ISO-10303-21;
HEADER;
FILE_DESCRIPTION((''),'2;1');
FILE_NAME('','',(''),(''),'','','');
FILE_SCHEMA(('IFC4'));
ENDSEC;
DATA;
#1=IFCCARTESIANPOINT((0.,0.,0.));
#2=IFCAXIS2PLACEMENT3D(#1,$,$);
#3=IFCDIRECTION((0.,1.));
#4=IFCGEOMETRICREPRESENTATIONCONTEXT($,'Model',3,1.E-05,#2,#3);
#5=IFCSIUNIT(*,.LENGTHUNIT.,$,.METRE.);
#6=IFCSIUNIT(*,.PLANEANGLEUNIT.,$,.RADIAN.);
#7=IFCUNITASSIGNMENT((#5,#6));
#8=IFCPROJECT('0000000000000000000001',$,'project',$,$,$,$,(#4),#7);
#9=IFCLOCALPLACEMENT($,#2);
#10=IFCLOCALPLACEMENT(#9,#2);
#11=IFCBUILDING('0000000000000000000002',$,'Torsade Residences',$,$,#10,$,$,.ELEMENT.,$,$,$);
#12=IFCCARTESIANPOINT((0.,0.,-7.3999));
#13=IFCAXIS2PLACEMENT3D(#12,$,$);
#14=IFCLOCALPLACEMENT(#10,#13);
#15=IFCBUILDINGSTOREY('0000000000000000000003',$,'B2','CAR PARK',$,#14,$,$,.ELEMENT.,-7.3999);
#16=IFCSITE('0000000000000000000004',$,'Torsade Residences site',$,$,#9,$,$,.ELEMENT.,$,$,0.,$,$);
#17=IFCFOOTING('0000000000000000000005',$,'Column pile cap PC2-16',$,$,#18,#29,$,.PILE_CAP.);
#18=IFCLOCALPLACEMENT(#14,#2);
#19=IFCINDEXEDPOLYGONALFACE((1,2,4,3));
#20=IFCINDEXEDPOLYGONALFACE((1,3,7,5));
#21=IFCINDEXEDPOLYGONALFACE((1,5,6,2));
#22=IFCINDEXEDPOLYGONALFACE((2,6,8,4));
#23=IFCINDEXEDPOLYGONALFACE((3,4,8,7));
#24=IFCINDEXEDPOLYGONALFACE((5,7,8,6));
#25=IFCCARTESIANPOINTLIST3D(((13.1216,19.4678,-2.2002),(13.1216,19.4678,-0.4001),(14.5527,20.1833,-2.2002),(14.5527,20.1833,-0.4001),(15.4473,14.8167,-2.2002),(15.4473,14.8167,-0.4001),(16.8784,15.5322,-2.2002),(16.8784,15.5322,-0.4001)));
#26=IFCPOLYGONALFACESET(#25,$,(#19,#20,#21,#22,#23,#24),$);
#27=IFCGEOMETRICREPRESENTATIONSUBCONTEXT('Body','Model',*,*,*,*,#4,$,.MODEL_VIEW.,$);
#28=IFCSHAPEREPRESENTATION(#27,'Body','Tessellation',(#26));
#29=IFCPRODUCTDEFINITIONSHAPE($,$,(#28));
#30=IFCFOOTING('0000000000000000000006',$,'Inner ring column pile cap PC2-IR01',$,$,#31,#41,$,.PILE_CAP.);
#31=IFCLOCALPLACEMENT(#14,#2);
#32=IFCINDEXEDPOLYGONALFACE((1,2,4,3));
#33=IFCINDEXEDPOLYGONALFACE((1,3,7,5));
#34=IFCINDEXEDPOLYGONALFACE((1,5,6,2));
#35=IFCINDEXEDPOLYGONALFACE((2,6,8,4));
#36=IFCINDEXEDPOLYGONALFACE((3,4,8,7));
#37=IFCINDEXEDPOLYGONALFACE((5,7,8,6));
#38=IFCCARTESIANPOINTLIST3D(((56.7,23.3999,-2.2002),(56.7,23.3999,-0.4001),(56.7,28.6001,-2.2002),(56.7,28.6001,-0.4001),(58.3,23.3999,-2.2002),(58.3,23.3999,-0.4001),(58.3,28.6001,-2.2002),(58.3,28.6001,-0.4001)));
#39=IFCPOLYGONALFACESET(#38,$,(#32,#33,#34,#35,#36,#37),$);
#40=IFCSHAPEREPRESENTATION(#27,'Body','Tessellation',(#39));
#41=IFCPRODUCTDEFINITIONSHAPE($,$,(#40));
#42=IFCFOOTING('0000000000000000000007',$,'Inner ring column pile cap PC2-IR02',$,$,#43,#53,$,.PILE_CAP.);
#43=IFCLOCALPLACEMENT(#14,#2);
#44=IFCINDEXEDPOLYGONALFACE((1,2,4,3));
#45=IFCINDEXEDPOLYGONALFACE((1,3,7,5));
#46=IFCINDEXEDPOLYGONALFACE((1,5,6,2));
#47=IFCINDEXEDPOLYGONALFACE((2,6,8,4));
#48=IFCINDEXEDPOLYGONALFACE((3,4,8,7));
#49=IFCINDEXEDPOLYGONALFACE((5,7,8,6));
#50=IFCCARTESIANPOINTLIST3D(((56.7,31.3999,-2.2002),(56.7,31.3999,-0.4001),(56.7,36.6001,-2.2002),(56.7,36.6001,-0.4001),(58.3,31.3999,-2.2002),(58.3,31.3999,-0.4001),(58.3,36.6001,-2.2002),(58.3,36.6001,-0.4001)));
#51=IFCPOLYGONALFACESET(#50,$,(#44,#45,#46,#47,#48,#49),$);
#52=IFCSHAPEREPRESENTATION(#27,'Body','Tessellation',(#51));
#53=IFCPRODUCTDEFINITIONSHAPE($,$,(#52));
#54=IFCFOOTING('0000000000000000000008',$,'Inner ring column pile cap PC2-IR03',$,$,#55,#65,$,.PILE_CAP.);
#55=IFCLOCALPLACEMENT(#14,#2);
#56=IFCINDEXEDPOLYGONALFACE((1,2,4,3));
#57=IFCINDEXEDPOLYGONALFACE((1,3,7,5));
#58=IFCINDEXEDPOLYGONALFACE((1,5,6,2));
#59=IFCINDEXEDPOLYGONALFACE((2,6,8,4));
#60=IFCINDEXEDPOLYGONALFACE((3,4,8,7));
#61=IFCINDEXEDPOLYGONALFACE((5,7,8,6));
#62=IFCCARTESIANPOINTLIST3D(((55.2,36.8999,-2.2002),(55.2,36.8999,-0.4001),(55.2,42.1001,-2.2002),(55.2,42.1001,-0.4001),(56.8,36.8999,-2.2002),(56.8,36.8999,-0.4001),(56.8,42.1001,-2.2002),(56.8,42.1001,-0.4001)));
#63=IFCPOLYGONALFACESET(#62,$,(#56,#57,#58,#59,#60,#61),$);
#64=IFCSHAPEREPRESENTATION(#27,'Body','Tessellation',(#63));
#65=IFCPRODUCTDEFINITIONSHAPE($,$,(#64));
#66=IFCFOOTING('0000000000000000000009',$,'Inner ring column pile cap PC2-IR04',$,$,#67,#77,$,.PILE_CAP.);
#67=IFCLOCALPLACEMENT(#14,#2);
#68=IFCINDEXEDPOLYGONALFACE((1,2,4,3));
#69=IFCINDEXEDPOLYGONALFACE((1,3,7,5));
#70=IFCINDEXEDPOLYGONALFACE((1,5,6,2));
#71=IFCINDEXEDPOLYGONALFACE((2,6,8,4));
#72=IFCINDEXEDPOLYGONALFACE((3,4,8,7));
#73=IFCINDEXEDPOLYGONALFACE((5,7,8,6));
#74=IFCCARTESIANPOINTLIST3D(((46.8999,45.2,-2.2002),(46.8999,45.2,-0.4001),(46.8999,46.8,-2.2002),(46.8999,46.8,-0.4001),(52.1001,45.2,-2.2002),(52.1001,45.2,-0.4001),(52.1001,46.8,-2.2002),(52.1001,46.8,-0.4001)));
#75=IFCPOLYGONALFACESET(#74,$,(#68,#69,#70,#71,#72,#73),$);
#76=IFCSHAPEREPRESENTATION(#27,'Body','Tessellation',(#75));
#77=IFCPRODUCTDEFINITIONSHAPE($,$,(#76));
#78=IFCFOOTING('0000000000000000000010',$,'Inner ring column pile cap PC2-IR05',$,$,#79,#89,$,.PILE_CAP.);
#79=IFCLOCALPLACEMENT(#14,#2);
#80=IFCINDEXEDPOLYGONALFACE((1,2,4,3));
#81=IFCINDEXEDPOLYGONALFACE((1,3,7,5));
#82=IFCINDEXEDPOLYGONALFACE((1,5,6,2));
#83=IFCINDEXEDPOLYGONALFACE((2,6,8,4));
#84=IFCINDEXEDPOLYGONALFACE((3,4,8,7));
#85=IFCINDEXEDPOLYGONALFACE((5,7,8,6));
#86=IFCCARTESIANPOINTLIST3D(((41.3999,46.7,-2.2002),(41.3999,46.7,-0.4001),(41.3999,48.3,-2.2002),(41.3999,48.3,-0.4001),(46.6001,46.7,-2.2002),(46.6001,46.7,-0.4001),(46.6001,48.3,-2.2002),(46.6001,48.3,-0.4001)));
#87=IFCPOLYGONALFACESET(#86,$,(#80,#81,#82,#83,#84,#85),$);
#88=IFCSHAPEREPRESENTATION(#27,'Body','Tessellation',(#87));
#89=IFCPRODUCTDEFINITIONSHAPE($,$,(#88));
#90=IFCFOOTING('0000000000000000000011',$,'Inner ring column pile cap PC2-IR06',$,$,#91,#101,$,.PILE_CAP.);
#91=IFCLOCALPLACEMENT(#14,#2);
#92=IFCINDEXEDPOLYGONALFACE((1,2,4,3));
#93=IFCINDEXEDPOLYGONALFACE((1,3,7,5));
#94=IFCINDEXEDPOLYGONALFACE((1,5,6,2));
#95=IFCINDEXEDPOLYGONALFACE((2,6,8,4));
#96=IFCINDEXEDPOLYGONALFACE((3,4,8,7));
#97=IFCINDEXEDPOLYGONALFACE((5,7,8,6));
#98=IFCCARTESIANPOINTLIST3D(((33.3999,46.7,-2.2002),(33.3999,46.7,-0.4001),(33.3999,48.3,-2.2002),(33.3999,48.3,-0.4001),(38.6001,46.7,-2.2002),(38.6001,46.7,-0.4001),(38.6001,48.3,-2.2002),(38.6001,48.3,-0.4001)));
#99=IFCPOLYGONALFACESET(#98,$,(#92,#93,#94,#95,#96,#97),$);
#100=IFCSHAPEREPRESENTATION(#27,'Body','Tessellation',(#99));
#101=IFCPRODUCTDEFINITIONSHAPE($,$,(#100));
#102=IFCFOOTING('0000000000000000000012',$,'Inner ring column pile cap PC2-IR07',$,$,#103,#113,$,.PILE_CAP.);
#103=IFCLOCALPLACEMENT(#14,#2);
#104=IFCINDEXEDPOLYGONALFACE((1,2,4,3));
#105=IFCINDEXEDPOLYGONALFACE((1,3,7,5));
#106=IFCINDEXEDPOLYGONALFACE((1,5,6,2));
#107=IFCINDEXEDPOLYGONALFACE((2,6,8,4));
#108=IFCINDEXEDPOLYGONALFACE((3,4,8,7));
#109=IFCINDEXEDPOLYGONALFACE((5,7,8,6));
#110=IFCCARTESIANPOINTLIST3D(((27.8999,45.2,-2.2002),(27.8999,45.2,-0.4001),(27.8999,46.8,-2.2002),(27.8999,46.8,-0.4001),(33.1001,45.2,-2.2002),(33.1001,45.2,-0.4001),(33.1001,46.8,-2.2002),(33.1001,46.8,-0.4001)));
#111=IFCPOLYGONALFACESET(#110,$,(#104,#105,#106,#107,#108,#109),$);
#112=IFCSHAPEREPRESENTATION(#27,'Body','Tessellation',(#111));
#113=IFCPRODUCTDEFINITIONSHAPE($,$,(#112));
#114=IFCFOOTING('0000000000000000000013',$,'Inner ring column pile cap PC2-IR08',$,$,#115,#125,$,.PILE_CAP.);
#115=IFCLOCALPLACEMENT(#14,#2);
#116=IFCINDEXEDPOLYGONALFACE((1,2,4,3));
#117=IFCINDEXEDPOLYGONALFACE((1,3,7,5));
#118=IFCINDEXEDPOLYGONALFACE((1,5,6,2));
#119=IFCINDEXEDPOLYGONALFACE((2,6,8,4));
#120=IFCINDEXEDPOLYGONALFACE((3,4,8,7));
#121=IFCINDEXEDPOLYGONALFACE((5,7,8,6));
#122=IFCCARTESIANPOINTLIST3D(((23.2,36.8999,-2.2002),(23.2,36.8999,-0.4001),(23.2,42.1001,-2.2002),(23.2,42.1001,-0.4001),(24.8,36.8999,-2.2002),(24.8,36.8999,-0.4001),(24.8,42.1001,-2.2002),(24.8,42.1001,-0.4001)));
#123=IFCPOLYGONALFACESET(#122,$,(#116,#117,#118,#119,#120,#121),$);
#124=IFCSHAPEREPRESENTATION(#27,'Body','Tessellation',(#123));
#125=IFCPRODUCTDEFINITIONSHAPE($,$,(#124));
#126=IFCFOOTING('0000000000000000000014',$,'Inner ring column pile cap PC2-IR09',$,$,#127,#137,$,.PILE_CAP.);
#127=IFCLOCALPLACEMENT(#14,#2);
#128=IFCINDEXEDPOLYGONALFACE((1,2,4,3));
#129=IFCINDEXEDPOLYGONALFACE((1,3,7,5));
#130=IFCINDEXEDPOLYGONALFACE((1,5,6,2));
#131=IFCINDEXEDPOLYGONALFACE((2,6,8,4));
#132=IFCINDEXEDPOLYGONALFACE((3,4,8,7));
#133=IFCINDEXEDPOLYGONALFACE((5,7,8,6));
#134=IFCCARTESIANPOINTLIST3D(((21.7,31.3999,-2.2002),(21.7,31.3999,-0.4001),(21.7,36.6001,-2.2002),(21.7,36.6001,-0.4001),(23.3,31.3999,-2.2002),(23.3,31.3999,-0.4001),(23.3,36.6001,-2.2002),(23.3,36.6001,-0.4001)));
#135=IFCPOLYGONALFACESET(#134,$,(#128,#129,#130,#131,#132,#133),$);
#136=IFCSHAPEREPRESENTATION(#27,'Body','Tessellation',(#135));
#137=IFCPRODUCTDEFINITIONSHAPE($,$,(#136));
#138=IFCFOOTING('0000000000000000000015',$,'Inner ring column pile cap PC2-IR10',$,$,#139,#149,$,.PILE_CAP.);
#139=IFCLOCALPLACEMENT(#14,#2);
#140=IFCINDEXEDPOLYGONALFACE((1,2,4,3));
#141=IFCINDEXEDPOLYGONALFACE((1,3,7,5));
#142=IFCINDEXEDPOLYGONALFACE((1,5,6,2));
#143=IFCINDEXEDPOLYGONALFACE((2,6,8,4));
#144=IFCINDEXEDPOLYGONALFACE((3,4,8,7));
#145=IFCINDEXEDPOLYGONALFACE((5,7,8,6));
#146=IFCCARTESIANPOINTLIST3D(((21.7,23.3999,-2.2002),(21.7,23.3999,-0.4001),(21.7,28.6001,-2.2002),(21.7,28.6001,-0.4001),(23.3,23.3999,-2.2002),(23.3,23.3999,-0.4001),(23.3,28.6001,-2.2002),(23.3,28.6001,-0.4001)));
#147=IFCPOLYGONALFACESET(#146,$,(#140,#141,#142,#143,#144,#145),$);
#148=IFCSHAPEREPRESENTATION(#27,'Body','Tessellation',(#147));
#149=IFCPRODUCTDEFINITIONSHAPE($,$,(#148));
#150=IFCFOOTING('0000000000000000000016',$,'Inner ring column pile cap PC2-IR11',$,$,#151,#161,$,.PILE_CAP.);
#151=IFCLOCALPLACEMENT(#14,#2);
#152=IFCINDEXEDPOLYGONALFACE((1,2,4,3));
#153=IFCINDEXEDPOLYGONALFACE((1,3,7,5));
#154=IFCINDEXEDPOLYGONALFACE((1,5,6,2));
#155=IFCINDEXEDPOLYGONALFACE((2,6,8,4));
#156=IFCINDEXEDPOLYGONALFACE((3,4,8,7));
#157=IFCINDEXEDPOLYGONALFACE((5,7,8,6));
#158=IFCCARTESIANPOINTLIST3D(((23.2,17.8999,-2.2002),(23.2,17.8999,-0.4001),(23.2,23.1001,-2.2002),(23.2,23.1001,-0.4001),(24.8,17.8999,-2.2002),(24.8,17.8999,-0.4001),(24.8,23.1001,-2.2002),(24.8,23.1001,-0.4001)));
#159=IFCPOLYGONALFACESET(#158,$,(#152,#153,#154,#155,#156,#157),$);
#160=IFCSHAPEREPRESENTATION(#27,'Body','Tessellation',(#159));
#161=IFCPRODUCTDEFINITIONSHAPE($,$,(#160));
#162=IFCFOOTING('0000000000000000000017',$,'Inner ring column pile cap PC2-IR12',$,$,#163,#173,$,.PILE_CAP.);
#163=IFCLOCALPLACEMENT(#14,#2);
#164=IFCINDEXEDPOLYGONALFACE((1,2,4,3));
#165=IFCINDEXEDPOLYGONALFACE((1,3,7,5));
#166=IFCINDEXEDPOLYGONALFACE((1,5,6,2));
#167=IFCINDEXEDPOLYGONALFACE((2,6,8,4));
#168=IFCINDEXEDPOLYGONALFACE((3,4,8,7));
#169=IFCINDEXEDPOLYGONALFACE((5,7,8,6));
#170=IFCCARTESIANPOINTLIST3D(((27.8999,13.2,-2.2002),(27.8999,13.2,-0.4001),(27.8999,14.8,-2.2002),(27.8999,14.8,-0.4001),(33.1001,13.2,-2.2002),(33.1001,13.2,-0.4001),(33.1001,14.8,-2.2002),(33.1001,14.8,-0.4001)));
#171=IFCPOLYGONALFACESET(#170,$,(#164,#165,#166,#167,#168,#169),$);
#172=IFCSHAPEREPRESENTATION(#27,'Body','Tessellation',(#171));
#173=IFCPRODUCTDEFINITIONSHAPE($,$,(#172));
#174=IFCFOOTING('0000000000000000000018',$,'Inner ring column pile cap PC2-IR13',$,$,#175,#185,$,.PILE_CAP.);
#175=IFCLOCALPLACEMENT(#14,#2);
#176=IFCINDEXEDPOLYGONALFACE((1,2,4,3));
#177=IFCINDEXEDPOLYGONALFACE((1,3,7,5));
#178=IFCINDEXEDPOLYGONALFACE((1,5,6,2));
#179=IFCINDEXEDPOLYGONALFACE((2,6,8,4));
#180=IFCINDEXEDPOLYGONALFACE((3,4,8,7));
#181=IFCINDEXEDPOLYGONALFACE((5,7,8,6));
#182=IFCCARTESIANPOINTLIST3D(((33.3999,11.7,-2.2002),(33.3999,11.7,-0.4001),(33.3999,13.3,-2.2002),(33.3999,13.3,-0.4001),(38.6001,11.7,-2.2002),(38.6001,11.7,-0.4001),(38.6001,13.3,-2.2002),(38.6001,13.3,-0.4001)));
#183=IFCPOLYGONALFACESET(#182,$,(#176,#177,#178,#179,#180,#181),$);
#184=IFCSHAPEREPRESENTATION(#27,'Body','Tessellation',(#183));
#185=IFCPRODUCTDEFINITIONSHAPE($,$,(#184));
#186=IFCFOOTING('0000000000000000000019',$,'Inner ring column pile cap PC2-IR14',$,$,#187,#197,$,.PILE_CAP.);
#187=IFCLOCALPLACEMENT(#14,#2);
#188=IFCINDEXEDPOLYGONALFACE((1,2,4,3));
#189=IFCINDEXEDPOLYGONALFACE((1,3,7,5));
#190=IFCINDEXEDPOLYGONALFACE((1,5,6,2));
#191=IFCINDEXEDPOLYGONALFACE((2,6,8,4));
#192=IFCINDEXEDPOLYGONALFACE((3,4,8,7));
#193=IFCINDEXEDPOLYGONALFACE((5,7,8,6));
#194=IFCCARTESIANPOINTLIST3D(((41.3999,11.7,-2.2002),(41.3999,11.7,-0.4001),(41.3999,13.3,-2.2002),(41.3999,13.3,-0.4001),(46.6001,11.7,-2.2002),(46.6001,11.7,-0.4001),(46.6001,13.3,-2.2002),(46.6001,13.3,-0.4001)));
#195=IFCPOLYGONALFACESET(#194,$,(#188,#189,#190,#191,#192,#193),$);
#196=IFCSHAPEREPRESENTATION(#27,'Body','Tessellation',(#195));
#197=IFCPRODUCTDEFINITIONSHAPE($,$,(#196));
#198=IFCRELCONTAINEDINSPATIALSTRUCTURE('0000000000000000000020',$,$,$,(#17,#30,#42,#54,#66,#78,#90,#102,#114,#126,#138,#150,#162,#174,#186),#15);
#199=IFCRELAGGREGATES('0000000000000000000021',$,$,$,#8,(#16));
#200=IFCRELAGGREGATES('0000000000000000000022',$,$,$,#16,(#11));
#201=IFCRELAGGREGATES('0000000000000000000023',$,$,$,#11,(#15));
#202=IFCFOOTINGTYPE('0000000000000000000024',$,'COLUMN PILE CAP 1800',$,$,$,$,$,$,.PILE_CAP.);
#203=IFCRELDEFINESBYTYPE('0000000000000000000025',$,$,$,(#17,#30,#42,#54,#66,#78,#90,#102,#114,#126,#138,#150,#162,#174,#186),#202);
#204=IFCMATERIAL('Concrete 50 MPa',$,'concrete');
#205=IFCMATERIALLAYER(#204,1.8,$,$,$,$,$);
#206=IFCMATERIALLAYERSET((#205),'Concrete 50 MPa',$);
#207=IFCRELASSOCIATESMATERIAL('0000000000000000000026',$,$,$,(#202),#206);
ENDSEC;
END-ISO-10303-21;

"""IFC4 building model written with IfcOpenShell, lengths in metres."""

from ifc_helpers import new_model, si_unit, direction, frame, origin, place, context, subcontext, project, spatial, polyline, outline, extrude, material, layer, layer_set, type_object, element, save


model = new_model("IFC4")

# Units and contexts
model_context = context("Model", 3, precision=1e-05, world=origin(), true_north=direction((0.0, 1.0)))
body_context = subcontext(model_context, "Body", "Model", "MODEL_VIEW")
ifc_project = project(units=[si_unit("LENGTHUNIT", "METRE"), si_unit("PLANEANGLEUNIT", "RADIAN")], contexts=[model_context])

# Site, building, storey
site_placement = place(None, origin())
site = spatial("IfcSite", under=ifc_project, at=site_placement, Name="Torsade Residences site", CompositionType="ELEMENT", RefElevation=0.0)
building_placement = place(site_placement, origin())
building = spatial("IfcBuilding", under=site, at=building_placement, Name="Torsade Residences", CompositionType="ELEMENT")
storey_placement = place(building_placement, frame((0.0, 0.0, -7.3999)))
storey = spatial("IfcBuildingStorey", under=building, at=storey_placement, Name="B2", Description="CAR PARK", CompositionType="ELEMENT", Elevation=-7.3999)

# Footings
ifc_material_1 = material(Name="Concrete 50 MPa", Category="concrete")
ifc_layer_1 = layer(ifc_material_1, 1.8)
ifc_layer_set_1 = layer_set([ifc_layer_1], Name="Concrete 50 MPa")
footing_type_1 = type_object("IfcFootingType", Name="COLUMN PILE CAP 1800", PredefinedType="PILE_CAP", material=ifc_layer_set_1)
footing_1_placement = place(storey_placement, frame((0.0, 0.0, -2.2002)))
element("IfcFooting", 1, at=footing_1_placement, inside=storey, type_object=footing_type_1, Name="Column pile cap PC2-16", PredefinedType="PILE_CAP", context=body_context, shape_type="SweptSolid", body=[
    extrude(outline(polyline([(13.1216, 19.4678), (15.4473, 14.8167), (16.8784, 15.5322), (14.5527, 20.1833), (13.1216, 19.4678)])), origin(), (0.0, 0.0, 1.0), 1.8),
])
footing_2_placement = place(storey_placement, frame((0.0, 0.0, -2.2002)))
element("IfcFooting", 2, at=footing_2_placement, inside=storey, type_object=footing_type_1, Name="Inner ring column pile cap PC2-IR01", PredefinedType="PILE_CAP", context=body_context, shape_type="SweptSolid", body=[
    extrude(outline(polyline([(56.7, 23.3999), (58.3, 23.3999), (58.3, 28.6001), (56.7, 28.6001), (56.7, 23.3999)])), origin(), (0.0, 0.0, 1.0), 1.8),
])
footing_3_placement = place(storey_placement, frame((0.0, 0.0, -2.2002)))
element("IfcFooting", 3, at=footing_3_placement, inside=storey, type_object=footing_type_1, Name="Inner ring column pile cap PC2-IR02", PredefinedType="PILE_CAP", context=body_context, shape_type="SweptSolid", body=[
    extrude(outline(polyline([(56.7, 31.3999), (58.3, 31.3999), (58.3, 36.6001), (56.7, 36.6001), (56.7, 31.3999)])), origin(), (0.0, 0.0, 1.0), 1.8),
])
footing_4_placement = place(storey_placement, frame((0.0, 0.0, -2.2002)))
element("IfcFooting", 4, at=footing_4_placement, inside=storey, type_object=footing_type_1, Name="Inner ring column pile cap PC2-IR03", PredefinedType="PILE_CAP", context=body_context, shape_type="SweptSolid", body=[
    extrude(outline(polyline([(55.2, 36.8999), (56.8, 36.8999), (56.8, 42.1001), (55.2, 42.1001), (55.2, 36.8999)])), origin(), (0.0, 0.0, 1.0), 1.8),
])
footing_5_placement = place(storey_placement, frame((0.0, 0.0, -2.2002)))
element("IfcFooting", 5, at=footing_5_placement, inside=storey, type_object=footing_type_1, Name="Inner ring column pile cap PC2-IR04", PredefinedType="PILE_CAP", context=body_context, shape_type="SweptSolid", body=[
    extrude(outline(polyline([(46.8999, 45.2), (52.1001, 45.2), (52.1001, 46.8), (46.8999, 46.8), (46.8999, 45.2)])), origin(), (0.0, 0.0, 1.0), 1.8),
])
footing_6_placement = place(storey_placement, frame((0.0, 0.0, -2.2002)))
element("IfcFooting", 6, at=footing_6_placement, inside=storey, type_object=footing_type_1, Name="Inner ring column pile cap PC2-IR05", PredefinedType="PILE_CAP", context=body_context, shape_type="SweptSolid", body=[
    extrude(outline(polyline([(41.3999, 46.7), (46.6001, 46.7), (46.6001, 48.3), (41.3999, 48.3), (41.3999, 46.7)])), origin(), (0.0, 0.0, 1.0), 1.8),
])
footing_7_placement = place(storey_placement, frame((0.0, 0.0, -2.2002)))
element("IfcFooting", 7, at=footing_7_placement, inside=storey, type_object=footing_type_1, Name="Inner ring column pile cap PC2-IR06", PredefinedType="PILE_CAP", context=body_context, shape_type="SweptSolid", body=[
    extrude(outline(polyline([(33.3999, 46.7), (38.6001, 46.7), (38.6001, 48.3), (33.3999, 48.3), (33.3999, 46.7)])), origin(), (0.0, 0.0, 1.0), 1.8),
])
footing_8_placement = place(storey_placement, frame((0.0, 0.0, -2.2002)))
element("IfcFooting", 8, at=footing_8_placement, inside=storey, type_object=footing_type_1, Name="Inner ring column pile cap PC2-IR07", PredefinedType="PILE_CAP", context=body_context, shape_type="SweptSolid", body=[
    extrude(outline(polyline([(27.8999, 45.2), (33.1001, 45.2), (33.1001, 46.8), (27.8999, 46.8), (27.8999, 45.2)])), origin(), (0.0, 0.0, 1.0), 1.8),
])
footing_9_placement = place(storey_placement, frame((0.0, 0.0, -2.2002)))
element("IfcFooting", 9, at=footing_9_placement, inside=storey, type_object=footing_type_1, Name="Inner ring column pile cap PC2-IR08", PredefinedType="PILE_CAP", context=body_context, shape_type="SweptSolid", body=[
    extrude(outline(polyline([(23.2, 36.8999), (24.8, 36.8999), (24.8, 42.1001), (23.2, 42.1001), (23.2, 36.8999)])), origin(), (0.0, 0.0, 1.0), 1.8),
])
footing_10_placement = place(storey_placement, frame((0.0, 0.0, -2.2002)))
element("IfcFooting", 10, at=footing_10_placement, inside=storey, type_object=footing_type_1, Name="Inner ring column pile cap PC2-IR09", PredefinedType="PILE_CAP", context=body_context, shape_type="SweptSolid", body=[
    extrude(outline(polyline([(21.7, 31.3999), (23.3, 31.3999), (23.3, 36.6001), (21.7, 36.6001), (21.7, 31.3999)])), origin(), (0.0, 0.0, 1.0), 1.8),
])
footing_11_placement = place(storey_placement, frame((0.0, 0.0, -2.2002)))
element("IfcFooting", 11, at=footing_11_placement, inside=storey, type_object=footing_type_1, Name="Inner ring column pile cap PC2-IR10", PredefinedType="PILE_CAP", context=body_context, shape_type="SweptSolid", body=[
    extrude(outline(polyline([(21.7, 23.3999), (23.3, 23.3999), (23.3, 28.6001), (21.7, 28.6001), (21.7, 23.3999)])), origin(), (0.0, 0.0, 1.0), 1.8),
])
footing_12_placement = place(storey_placement, frame((0.0, 0.0, -2.2002)))
element("IfcFooting", 12, at=footing_12_placement, inside=storey, type_object=footing_type_1, Name="Inner ring column pile cap PC2-IR11", PredefinedType="PILE_CAP", context=body_context, shape_type="SweptSolid", body=[
    extrude(outline(polyline([(23.2, 17.8999), (24.8, 17.8999), (24.8, 23.1001), (23.2, 23.1001), (23.2, 17.8999)])), origin(), (0.0, 0.0, 1.0), 1.8),
])
footing_13_placement = place(storey_placement, frame((0.0, 0.0, -2.2002)))
element("IfcFooting", 13, at=footing_13_placement, inside=storey, type_object=footing_type_1, Name="Inner ring column pile cap PC2-IR12", PredefinedType="PILE_CAP", context=body_context, shape_type="SweptSolid", body=[
    extrude(outline(polyline([(27.8999, 13.2), (33.1001, 13.2), (33.1001, 14.8), (27.8999, 14.8), (27.8999, 13.2)])), origin(), (0.0, 0.0, 1.0), 1.8),
])
footing_14_placement = place(storey_placement, frame((0.0, 0.0, -2.2002)))
element("IfcFooting", 14, at=footing_14_placement, inside=storey, type_object=footing_type_1, Name="Inner ring column pile cap PC2-IR13", PredefinedType="PILE_CAP", context=body_context, shape_type="SweptSolid", body=[
    extrude(outline(polyline([(33.3999, 11.7), (38.6001, 11.7), (38.6001, 13.3), (33.3999, 13.3), (33.3999, 11.7)])), origin(), (0.0, 0.0, 1.0), 1.8),
])
footing_15_placement = place(storey_placement, frame((0.0, 0.0, -2.2002)))
element("IfcFooting", 15, at=footing_15_placement, inside=storey, type_object=footing_type_1, Name="Inner ring column pile cap PC2-IR14", PredefinedType="PILE_CAP", context=body_context, shape_type="SweptSolid", body=[
    extrude(outline(polyline([(41.3999, 11.7), (46.6001, 11.7), (46.6001, 13.3), (41.3999, 13.3), (41.3999, 11.7)])), origin(), (0.0, 0.0, 1.0), 1.8),
])

save(model, "model.ifc")
